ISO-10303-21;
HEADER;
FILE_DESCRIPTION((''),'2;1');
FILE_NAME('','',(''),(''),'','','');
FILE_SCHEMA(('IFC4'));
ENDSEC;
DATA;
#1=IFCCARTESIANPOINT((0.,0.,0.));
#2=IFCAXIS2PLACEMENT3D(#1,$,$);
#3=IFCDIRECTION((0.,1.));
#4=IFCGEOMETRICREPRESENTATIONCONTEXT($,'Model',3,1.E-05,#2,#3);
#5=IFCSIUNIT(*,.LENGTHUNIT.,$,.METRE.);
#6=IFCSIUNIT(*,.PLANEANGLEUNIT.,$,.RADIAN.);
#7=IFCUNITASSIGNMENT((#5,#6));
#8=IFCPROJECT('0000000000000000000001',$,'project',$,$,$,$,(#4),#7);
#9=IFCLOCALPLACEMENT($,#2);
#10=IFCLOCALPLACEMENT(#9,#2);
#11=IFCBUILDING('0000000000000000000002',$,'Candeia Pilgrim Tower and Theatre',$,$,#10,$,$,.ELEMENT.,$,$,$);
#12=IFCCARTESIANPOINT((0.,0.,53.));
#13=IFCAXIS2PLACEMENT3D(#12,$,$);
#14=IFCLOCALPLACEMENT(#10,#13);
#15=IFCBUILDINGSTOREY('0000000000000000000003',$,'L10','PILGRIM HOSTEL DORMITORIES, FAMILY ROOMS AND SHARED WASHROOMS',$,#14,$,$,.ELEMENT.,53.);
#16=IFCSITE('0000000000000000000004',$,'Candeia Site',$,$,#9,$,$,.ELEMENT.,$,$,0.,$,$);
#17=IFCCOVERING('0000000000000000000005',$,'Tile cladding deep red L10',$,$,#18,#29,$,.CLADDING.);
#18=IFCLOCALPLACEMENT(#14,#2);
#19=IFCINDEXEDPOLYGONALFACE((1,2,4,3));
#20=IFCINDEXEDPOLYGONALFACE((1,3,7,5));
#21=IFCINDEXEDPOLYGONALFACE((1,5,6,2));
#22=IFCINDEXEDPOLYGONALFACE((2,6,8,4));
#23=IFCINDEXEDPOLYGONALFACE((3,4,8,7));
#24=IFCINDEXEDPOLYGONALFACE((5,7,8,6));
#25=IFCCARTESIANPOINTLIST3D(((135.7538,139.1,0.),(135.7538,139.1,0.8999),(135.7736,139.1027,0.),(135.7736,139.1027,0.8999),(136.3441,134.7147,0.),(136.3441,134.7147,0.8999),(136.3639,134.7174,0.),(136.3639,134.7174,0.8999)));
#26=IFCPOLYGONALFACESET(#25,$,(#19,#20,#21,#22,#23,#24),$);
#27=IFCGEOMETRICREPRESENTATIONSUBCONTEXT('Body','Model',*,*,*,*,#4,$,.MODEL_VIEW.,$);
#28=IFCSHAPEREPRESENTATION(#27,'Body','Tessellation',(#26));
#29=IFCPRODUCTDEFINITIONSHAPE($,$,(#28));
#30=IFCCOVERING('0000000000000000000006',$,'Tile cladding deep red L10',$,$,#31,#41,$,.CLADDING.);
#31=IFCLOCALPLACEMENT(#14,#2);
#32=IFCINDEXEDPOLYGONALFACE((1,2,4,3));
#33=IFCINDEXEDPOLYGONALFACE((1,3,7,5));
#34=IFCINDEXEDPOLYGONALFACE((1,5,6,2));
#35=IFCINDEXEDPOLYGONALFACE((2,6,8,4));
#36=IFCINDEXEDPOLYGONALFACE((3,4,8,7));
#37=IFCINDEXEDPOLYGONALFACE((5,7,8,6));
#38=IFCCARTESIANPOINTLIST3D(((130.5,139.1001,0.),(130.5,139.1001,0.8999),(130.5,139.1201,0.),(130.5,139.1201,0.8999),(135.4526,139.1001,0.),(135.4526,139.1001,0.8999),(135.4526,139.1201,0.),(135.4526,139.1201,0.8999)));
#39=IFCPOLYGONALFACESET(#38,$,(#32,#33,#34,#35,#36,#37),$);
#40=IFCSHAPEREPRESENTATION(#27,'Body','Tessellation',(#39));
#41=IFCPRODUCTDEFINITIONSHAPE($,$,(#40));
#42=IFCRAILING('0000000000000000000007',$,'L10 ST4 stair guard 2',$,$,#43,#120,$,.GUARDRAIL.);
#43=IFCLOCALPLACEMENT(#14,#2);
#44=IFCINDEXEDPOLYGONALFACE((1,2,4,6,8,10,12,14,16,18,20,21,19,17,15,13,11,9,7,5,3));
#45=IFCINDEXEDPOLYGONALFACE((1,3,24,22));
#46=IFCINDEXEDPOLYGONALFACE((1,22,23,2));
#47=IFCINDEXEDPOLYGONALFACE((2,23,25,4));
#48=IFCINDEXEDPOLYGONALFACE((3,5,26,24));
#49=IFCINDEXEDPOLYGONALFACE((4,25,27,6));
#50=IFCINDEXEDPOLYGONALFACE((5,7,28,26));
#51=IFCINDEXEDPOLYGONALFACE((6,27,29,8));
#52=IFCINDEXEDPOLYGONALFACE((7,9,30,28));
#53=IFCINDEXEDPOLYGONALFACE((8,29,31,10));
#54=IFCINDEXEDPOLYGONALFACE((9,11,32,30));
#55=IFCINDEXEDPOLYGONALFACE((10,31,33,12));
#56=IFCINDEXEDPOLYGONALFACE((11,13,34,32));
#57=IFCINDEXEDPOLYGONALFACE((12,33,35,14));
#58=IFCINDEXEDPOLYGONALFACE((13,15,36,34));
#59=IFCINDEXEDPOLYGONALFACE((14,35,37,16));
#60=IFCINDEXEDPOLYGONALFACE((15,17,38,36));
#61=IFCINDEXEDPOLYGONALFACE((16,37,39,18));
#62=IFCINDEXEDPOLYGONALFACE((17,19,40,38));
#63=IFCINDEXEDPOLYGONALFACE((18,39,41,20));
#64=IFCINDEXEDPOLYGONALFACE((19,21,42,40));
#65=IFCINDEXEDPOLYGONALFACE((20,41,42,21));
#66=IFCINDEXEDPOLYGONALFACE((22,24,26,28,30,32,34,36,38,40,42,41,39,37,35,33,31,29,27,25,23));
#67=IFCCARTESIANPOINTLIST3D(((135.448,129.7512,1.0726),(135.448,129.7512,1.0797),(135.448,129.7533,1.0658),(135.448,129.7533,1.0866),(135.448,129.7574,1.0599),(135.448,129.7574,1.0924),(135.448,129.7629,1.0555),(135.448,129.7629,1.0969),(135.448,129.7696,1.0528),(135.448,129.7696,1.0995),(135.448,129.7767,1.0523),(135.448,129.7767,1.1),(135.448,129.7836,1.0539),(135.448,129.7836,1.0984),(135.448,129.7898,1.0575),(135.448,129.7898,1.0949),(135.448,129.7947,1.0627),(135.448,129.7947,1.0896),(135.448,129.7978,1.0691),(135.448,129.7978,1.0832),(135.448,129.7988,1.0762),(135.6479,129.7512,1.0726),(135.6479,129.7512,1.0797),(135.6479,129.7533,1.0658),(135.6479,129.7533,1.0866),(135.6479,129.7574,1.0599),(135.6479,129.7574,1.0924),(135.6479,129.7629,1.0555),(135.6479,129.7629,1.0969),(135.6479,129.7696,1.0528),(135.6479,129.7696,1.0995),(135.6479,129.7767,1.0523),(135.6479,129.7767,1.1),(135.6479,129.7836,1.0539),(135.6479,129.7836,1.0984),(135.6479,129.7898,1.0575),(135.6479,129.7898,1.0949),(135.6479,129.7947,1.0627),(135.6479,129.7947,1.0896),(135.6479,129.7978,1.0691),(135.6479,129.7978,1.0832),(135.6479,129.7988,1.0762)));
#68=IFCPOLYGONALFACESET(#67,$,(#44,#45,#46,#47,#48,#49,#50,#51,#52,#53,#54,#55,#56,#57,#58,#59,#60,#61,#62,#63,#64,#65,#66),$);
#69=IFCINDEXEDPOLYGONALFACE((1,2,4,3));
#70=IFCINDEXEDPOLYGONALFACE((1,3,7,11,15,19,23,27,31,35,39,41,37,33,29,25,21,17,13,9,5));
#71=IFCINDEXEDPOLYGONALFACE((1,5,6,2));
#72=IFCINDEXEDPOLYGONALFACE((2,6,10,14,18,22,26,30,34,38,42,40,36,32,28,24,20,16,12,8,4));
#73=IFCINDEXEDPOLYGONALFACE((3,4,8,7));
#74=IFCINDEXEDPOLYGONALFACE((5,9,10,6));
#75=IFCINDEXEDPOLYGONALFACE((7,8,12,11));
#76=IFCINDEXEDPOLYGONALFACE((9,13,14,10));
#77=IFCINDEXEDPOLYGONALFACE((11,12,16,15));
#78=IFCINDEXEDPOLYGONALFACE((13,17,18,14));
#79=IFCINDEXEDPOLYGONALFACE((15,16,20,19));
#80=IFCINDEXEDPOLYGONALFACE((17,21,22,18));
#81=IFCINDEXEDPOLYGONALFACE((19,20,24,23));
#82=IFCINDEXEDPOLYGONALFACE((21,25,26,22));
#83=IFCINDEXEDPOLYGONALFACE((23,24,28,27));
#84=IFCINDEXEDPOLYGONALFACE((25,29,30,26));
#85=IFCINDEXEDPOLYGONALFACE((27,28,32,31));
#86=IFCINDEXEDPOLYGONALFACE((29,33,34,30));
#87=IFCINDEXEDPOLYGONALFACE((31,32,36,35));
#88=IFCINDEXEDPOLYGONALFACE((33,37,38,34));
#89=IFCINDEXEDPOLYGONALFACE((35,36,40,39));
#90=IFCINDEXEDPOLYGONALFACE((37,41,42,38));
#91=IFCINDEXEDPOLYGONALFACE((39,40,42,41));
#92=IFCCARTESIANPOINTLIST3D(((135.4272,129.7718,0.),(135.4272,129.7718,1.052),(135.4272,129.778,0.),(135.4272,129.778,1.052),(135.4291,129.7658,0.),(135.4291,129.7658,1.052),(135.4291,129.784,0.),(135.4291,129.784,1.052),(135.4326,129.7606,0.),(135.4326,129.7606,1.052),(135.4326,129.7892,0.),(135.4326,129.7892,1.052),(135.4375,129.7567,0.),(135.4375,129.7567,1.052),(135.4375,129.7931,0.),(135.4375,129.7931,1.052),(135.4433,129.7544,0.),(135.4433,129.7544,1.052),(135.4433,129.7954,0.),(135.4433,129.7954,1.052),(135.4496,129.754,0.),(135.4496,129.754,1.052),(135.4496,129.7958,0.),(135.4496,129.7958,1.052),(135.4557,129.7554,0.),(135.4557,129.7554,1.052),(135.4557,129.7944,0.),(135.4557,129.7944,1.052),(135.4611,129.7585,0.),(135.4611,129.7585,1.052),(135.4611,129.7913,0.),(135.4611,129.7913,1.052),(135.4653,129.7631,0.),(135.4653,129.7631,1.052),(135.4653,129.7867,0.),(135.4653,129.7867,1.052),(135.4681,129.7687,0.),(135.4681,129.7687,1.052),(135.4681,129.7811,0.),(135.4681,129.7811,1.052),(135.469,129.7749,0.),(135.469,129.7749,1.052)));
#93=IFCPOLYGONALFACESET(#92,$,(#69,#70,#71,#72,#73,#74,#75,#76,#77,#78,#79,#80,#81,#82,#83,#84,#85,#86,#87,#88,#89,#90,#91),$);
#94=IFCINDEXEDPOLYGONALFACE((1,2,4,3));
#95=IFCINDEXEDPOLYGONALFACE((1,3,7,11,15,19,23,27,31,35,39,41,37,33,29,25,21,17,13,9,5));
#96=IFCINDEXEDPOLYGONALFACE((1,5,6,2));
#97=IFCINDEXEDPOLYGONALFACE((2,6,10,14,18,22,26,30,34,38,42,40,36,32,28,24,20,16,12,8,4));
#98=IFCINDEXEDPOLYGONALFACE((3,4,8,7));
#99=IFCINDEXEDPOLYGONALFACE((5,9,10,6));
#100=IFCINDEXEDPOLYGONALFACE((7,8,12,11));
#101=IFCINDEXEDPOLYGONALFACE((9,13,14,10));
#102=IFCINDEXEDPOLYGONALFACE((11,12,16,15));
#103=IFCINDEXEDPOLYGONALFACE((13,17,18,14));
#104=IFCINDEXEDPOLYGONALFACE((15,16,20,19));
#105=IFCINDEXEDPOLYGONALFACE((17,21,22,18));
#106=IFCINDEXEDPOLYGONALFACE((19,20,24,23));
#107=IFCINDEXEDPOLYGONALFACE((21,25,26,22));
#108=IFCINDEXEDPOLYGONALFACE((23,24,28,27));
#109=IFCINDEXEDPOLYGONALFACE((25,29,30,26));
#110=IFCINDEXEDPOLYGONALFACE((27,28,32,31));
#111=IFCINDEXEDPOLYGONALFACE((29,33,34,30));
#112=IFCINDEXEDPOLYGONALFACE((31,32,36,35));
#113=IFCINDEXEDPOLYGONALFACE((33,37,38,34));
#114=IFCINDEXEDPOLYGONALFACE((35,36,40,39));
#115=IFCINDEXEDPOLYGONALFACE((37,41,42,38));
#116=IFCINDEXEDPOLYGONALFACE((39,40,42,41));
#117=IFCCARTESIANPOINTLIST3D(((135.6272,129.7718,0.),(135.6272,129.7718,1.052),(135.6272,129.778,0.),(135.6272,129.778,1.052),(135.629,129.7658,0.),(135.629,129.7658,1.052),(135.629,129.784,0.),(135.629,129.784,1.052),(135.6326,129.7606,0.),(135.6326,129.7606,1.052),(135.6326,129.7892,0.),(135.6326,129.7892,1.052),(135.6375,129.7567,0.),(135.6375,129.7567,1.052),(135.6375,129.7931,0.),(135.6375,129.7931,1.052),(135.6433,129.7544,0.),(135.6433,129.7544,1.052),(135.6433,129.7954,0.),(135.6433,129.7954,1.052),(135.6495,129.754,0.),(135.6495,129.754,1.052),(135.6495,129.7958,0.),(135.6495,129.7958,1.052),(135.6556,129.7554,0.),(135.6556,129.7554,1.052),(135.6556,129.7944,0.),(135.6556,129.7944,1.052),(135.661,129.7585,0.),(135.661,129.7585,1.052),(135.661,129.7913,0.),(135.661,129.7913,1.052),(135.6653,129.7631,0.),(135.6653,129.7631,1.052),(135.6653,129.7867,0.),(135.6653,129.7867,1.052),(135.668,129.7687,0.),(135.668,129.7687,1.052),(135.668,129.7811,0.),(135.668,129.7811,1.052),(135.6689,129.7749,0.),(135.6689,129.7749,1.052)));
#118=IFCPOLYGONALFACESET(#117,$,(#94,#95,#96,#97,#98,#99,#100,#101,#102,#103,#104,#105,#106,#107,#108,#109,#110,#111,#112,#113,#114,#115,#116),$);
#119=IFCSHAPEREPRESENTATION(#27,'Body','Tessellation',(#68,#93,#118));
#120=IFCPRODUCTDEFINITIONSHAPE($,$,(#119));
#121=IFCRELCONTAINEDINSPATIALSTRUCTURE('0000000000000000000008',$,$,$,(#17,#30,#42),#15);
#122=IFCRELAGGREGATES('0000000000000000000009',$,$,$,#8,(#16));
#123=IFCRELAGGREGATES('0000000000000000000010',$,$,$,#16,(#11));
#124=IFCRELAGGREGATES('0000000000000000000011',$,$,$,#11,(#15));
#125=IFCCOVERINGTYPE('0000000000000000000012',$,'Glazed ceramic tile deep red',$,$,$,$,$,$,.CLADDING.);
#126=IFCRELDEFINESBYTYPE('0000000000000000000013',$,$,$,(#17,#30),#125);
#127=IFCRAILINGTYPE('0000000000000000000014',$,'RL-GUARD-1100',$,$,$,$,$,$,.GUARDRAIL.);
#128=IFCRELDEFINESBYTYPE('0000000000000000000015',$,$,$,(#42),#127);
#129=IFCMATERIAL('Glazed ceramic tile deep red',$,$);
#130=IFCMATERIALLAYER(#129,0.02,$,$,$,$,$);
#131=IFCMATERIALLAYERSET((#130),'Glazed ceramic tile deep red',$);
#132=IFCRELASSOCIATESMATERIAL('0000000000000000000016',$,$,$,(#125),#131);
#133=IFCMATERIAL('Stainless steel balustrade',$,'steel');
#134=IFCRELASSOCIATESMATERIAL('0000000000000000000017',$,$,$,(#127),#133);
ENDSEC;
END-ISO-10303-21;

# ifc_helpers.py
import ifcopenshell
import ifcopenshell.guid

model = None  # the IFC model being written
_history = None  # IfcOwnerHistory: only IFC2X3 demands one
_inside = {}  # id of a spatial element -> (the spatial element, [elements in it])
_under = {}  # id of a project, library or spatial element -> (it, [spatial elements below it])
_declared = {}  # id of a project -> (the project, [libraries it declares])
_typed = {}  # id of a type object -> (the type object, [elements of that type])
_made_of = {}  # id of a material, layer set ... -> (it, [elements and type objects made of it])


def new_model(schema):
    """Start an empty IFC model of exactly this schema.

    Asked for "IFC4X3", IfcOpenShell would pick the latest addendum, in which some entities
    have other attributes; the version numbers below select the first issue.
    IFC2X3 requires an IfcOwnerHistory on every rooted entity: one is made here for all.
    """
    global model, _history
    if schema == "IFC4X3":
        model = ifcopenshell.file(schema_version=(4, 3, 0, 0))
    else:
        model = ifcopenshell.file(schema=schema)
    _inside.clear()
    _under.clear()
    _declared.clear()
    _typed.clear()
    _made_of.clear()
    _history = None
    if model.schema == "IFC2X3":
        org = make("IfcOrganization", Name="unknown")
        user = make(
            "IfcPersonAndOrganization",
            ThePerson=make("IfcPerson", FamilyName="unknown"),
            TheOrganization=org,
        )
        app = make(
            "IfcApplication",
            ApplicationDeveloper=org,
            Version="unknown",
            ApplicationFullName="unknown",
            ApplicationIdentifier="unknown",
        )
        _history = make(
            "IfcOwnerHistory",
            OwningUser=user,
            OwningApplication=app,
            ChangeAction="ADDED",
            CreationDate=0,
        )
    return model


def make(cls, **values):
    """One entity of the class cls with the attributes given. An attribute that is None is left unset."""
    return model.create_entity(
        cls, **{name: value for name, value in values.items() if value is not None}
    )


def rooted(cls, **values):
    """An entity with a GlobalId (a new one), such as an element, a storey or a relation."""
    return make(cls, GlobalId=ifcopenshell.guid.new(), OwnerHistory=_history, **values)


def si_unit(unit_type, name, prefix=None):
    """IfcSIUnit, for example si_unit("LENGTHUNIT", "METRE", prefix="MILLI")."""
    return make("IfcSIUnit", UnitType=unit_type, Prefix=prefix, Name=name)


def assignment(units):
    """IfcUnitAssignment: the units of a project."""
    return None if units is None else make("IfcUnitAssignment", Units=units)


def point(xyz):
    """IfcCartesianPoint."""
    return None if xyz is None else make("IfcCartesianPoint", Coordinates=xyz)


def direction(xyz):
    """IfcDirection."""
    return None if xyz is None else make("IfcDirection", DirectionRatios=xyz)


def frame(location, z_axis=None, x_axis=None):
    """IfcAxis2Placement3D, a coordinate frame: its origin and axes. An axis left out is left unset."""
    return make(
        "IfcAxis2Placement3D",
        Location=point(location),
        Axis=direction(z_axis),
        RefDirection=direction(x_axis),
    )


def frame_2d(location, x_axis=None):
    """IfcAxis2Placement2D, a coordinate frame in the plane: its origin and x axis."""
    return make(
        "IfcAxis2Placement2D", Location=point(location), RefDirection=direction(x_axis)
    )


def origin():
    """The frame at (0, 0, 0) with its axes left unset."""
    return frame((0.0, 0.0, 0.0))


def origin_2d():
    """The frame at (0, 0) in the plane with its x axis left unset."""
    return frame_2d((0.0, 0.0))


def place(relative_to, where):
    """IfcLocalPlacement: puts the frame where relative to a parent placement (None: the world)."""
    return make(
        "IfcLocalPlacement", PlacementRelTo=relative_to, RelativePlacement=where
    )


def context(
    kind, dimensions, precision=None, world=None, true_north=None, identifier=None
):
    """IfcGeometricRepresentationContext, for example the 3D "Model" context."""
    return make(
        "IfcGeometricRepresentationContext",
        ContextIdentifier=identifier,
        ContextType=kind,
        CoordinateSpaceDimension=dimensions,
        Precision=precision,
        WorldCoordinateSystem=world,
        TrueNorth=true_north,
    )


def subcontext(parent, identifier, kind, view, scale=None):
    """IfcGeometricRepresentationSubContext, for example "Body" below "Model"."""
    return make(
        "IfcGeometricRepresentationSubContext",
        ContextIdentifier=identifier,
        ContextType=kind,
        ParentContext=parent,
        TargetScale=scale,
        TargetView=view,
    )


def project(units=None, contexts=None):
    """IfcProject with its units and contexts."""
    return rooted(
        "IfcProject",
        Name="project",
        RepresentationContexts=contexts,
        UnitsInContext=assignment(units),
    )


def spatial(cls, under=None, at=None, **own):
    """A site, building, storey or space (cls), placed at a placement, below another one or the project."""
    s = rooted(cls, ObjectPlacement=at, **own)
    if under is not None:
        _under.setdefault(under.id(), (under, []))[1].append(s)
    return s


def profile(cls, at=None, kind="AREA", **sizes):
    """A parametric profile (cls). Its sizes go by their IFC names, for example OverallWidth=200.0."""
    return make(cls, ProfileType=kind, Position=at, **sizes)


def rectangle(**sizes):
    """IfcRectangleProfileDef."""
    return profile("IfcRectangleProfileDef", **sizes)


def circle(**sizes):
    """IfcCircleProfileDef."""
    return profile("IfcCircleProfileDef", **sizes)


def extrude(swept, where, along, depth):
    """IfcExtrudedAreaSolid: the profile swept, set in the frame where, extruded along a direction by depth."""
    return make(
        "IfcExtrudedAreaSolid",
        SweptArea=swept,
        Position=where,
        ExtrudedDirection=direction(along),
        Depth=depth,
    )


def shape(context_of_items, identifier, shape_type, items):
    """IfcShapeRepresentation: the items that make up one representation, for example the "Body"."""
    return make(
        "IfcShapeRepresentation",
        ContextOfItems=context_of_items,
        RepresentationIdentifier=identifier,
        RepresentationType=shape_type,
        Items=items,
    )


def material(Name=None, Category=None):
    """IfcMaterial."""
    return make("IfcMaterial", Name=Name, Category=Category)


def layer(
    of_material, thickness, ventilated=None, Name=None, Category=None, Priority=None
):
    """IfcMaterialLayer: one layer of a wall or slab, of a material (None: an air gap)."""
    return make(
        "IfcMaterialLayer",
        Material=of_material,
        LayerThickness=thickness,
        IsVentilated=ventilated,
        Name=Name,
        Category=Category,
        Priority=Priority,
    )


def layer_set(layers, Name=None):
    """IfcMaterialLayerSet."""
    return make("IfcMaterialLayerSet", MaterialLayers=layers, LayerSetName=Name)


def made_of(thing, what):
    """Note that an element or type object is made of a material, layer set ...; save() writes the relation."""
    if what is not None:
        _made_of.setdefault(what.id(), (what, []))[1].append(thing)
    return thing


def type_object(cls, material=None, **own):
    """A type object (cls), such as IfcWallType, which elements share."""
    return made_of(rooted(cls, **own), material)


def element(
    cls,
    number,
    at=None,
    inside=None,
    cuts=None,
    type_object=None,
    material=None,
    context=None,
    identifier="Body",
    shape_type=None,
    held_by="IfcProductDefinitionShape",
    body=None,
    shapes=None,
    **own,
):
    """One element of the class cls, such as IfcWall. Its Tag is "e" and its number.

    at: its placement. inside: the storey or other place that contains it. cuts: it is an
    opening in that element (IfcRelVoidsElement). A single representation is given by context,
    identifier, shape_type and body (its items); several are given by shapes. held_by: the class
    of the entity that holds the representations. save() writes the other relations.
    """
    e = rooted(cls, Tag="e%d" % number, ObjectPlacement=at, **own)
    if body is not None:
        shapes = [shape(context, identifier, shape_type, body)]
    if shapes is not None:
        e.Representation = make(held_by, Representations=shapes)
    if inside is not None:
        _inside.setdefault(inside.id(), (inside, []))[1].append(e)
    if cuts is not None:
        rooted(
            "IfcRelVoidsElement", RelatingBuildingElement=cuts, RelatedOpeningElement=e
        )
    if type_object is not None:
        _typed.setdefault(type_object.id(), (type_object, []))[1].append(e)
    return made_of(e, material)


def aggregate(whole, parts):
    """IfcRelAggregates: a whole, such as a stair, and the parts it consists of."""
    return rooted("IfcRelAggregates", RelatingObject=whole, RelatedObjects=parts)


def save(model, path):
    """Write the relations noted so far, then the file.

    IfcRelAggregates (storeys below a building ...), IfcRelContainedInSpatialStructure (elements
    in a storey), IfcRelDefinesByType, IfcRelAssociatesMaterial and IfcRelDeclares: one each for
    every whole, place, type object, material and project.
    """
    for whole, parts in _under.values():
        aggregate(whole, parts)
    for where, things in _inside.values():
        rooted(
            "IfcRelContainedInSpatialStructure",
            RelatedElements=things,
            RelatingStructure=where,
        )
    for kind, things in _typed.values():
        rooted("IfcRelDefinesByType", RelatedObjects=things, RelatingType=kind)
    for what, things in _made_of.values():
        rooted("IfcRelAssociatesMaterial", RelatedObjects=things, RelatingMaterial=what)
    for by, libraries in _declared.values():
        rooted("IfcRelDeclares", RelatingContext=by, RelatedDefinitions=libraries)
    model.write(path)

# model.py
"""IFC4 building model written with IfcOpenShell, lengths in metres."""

from ifc_helpers import new_model, si_unit, direction, frame, origin, origin_2d, place, context, subcontext, project, spatial, rectangle, circle, extrude, material, layer, layer_set, type_object, element, save


model = new_model("IFC4")

# Units and contexts
model_context = context("Model", 3, precision=1e-05, world=origin(), true_north=direction((0.0, 1.0)))
body_context = subcontext(model_context, "Body", "Model", "MODEL_VIEW")
ifc_project = project(units=[si_unit("LENGTHUNIT", "METRE"), si_unit("PLANEANGLEUNIT", "RADIAN")], contexts=[model_context])

# Site, building, storey
site_placement = place(None, origin())
site = spatial("IfcSite", under=ifc_project, at=site_placement, Name="Candeia Site", CompositionType="ELEMENT", RefElevation=0.0)
building_placement = place(site_placement, origin())
building = spatial("IfcBuilding", under=site, at=building_placement, Name="Candeia Pilgrim Tower and Theatre", CompositionType="ELEMENT")
storey_placement = place(building_placement, frame((0.0, 0.0, 53.0)))
storey = spatial("IfcBuildingStorey", under=building, at=storey_placement, Name="L10", Description="PILGRIM HOSTEL DORMITORIES, FAMILY ROOMS AND SHARED WASHROOMS", CompositionType="ELEMENT", Elevation=53.0)

# Coverings
ifc_material_1 = material(Name="Glazed ceramic tile deep red")
ifc_layer_1 = layer(ifc_material_1, 0.02)
ifc_layer_set_1 = layer_set([ifc_layer_1], Name="Glazed ceramic tile deep red")
covering_type = type_object("IfcCoveringType", Name="Glazed ceramic tile deep red", PredefinedType="CLADDING", material=ifc_layer_set_1)
covering_1_placement = place(storey_placement, frame((136.0588, 136.9087, 0.0), z_axis=(0.0, 0.0, 1.0), x_axis=(-0.133412, 0.991061, 0.0)))
element("IfcCovering", 1, at=covering_1_placement, inside=storey, type_object=covering_type, Name="Tile cladding deep red L10", PredefinedType="CLADDING", context=body_context, shape_type="SweptSolid", body=[
    extrude(rectangle(XDim=4.4248, YDim=0.02, at=origin_2d()), origin(), (0.0, 0.0, 1.0), 0.8999),
])
covering_2_placement = place(storey_placement, frame((132.9763, 139.1101, 0.0), z_axis=(0.0, 0.0, 1.0), x_axis=(-1.0, 0.0, 0.0)))
element("IfcCovering", 2, at=covering_2_placement, inside=storey, type_object=covering_type, Name="Tile cladding deep red L10", PredefinedType="CLADDING", context=body_context, shape_type="SweptSolid", body=[
    extrude(rectangle(XDim=4.9526, YDim=0.02, at=origin_2d()), origin(), (0.0, 0.0, 1.0), 0.8999),
])

# Railing
ifc_material_2 = material(Name="Stainless steel balustrade", Category="steel")
railing_type = type_object("IfcRailingType", Name="RL-GUARD-1100", PredefinedType="GUARDRAIL", material=ifc_material_2)
railing_1_placement = place(storey_placement, frame((135.448, 129.7749, 0.0)))
element("IfcRailing", 3, at=railing_1_placement, inside=storey, type_object=railing_type, Name="L10 ST4 stair guard 2", PredefinedType="GUARDRAIL", context=body_context, shape_type="SweptSolid", body=[
    extrude(circle(Radius=0.0239, at=origin_2d()), frame((0.0, 0.0, 1.0762), z_axis=(1.0, 0.0, 0.0), x_axis=(0.0, 1.0, 0.0)), (0.0, 0.0, 1.0), 0.2),
    extrude(circle(Radius=0.021, at=origin_2d()), origin(), (0.0, 0.0, 1.0), 1.052),
    extrude(circle(Radius=0.021, at=origin_2d()), frame((0.2, 0.0, 0.0)), (0.0, 0.0, 1.0), 1.052),
])

save(model, "model.ifc")
